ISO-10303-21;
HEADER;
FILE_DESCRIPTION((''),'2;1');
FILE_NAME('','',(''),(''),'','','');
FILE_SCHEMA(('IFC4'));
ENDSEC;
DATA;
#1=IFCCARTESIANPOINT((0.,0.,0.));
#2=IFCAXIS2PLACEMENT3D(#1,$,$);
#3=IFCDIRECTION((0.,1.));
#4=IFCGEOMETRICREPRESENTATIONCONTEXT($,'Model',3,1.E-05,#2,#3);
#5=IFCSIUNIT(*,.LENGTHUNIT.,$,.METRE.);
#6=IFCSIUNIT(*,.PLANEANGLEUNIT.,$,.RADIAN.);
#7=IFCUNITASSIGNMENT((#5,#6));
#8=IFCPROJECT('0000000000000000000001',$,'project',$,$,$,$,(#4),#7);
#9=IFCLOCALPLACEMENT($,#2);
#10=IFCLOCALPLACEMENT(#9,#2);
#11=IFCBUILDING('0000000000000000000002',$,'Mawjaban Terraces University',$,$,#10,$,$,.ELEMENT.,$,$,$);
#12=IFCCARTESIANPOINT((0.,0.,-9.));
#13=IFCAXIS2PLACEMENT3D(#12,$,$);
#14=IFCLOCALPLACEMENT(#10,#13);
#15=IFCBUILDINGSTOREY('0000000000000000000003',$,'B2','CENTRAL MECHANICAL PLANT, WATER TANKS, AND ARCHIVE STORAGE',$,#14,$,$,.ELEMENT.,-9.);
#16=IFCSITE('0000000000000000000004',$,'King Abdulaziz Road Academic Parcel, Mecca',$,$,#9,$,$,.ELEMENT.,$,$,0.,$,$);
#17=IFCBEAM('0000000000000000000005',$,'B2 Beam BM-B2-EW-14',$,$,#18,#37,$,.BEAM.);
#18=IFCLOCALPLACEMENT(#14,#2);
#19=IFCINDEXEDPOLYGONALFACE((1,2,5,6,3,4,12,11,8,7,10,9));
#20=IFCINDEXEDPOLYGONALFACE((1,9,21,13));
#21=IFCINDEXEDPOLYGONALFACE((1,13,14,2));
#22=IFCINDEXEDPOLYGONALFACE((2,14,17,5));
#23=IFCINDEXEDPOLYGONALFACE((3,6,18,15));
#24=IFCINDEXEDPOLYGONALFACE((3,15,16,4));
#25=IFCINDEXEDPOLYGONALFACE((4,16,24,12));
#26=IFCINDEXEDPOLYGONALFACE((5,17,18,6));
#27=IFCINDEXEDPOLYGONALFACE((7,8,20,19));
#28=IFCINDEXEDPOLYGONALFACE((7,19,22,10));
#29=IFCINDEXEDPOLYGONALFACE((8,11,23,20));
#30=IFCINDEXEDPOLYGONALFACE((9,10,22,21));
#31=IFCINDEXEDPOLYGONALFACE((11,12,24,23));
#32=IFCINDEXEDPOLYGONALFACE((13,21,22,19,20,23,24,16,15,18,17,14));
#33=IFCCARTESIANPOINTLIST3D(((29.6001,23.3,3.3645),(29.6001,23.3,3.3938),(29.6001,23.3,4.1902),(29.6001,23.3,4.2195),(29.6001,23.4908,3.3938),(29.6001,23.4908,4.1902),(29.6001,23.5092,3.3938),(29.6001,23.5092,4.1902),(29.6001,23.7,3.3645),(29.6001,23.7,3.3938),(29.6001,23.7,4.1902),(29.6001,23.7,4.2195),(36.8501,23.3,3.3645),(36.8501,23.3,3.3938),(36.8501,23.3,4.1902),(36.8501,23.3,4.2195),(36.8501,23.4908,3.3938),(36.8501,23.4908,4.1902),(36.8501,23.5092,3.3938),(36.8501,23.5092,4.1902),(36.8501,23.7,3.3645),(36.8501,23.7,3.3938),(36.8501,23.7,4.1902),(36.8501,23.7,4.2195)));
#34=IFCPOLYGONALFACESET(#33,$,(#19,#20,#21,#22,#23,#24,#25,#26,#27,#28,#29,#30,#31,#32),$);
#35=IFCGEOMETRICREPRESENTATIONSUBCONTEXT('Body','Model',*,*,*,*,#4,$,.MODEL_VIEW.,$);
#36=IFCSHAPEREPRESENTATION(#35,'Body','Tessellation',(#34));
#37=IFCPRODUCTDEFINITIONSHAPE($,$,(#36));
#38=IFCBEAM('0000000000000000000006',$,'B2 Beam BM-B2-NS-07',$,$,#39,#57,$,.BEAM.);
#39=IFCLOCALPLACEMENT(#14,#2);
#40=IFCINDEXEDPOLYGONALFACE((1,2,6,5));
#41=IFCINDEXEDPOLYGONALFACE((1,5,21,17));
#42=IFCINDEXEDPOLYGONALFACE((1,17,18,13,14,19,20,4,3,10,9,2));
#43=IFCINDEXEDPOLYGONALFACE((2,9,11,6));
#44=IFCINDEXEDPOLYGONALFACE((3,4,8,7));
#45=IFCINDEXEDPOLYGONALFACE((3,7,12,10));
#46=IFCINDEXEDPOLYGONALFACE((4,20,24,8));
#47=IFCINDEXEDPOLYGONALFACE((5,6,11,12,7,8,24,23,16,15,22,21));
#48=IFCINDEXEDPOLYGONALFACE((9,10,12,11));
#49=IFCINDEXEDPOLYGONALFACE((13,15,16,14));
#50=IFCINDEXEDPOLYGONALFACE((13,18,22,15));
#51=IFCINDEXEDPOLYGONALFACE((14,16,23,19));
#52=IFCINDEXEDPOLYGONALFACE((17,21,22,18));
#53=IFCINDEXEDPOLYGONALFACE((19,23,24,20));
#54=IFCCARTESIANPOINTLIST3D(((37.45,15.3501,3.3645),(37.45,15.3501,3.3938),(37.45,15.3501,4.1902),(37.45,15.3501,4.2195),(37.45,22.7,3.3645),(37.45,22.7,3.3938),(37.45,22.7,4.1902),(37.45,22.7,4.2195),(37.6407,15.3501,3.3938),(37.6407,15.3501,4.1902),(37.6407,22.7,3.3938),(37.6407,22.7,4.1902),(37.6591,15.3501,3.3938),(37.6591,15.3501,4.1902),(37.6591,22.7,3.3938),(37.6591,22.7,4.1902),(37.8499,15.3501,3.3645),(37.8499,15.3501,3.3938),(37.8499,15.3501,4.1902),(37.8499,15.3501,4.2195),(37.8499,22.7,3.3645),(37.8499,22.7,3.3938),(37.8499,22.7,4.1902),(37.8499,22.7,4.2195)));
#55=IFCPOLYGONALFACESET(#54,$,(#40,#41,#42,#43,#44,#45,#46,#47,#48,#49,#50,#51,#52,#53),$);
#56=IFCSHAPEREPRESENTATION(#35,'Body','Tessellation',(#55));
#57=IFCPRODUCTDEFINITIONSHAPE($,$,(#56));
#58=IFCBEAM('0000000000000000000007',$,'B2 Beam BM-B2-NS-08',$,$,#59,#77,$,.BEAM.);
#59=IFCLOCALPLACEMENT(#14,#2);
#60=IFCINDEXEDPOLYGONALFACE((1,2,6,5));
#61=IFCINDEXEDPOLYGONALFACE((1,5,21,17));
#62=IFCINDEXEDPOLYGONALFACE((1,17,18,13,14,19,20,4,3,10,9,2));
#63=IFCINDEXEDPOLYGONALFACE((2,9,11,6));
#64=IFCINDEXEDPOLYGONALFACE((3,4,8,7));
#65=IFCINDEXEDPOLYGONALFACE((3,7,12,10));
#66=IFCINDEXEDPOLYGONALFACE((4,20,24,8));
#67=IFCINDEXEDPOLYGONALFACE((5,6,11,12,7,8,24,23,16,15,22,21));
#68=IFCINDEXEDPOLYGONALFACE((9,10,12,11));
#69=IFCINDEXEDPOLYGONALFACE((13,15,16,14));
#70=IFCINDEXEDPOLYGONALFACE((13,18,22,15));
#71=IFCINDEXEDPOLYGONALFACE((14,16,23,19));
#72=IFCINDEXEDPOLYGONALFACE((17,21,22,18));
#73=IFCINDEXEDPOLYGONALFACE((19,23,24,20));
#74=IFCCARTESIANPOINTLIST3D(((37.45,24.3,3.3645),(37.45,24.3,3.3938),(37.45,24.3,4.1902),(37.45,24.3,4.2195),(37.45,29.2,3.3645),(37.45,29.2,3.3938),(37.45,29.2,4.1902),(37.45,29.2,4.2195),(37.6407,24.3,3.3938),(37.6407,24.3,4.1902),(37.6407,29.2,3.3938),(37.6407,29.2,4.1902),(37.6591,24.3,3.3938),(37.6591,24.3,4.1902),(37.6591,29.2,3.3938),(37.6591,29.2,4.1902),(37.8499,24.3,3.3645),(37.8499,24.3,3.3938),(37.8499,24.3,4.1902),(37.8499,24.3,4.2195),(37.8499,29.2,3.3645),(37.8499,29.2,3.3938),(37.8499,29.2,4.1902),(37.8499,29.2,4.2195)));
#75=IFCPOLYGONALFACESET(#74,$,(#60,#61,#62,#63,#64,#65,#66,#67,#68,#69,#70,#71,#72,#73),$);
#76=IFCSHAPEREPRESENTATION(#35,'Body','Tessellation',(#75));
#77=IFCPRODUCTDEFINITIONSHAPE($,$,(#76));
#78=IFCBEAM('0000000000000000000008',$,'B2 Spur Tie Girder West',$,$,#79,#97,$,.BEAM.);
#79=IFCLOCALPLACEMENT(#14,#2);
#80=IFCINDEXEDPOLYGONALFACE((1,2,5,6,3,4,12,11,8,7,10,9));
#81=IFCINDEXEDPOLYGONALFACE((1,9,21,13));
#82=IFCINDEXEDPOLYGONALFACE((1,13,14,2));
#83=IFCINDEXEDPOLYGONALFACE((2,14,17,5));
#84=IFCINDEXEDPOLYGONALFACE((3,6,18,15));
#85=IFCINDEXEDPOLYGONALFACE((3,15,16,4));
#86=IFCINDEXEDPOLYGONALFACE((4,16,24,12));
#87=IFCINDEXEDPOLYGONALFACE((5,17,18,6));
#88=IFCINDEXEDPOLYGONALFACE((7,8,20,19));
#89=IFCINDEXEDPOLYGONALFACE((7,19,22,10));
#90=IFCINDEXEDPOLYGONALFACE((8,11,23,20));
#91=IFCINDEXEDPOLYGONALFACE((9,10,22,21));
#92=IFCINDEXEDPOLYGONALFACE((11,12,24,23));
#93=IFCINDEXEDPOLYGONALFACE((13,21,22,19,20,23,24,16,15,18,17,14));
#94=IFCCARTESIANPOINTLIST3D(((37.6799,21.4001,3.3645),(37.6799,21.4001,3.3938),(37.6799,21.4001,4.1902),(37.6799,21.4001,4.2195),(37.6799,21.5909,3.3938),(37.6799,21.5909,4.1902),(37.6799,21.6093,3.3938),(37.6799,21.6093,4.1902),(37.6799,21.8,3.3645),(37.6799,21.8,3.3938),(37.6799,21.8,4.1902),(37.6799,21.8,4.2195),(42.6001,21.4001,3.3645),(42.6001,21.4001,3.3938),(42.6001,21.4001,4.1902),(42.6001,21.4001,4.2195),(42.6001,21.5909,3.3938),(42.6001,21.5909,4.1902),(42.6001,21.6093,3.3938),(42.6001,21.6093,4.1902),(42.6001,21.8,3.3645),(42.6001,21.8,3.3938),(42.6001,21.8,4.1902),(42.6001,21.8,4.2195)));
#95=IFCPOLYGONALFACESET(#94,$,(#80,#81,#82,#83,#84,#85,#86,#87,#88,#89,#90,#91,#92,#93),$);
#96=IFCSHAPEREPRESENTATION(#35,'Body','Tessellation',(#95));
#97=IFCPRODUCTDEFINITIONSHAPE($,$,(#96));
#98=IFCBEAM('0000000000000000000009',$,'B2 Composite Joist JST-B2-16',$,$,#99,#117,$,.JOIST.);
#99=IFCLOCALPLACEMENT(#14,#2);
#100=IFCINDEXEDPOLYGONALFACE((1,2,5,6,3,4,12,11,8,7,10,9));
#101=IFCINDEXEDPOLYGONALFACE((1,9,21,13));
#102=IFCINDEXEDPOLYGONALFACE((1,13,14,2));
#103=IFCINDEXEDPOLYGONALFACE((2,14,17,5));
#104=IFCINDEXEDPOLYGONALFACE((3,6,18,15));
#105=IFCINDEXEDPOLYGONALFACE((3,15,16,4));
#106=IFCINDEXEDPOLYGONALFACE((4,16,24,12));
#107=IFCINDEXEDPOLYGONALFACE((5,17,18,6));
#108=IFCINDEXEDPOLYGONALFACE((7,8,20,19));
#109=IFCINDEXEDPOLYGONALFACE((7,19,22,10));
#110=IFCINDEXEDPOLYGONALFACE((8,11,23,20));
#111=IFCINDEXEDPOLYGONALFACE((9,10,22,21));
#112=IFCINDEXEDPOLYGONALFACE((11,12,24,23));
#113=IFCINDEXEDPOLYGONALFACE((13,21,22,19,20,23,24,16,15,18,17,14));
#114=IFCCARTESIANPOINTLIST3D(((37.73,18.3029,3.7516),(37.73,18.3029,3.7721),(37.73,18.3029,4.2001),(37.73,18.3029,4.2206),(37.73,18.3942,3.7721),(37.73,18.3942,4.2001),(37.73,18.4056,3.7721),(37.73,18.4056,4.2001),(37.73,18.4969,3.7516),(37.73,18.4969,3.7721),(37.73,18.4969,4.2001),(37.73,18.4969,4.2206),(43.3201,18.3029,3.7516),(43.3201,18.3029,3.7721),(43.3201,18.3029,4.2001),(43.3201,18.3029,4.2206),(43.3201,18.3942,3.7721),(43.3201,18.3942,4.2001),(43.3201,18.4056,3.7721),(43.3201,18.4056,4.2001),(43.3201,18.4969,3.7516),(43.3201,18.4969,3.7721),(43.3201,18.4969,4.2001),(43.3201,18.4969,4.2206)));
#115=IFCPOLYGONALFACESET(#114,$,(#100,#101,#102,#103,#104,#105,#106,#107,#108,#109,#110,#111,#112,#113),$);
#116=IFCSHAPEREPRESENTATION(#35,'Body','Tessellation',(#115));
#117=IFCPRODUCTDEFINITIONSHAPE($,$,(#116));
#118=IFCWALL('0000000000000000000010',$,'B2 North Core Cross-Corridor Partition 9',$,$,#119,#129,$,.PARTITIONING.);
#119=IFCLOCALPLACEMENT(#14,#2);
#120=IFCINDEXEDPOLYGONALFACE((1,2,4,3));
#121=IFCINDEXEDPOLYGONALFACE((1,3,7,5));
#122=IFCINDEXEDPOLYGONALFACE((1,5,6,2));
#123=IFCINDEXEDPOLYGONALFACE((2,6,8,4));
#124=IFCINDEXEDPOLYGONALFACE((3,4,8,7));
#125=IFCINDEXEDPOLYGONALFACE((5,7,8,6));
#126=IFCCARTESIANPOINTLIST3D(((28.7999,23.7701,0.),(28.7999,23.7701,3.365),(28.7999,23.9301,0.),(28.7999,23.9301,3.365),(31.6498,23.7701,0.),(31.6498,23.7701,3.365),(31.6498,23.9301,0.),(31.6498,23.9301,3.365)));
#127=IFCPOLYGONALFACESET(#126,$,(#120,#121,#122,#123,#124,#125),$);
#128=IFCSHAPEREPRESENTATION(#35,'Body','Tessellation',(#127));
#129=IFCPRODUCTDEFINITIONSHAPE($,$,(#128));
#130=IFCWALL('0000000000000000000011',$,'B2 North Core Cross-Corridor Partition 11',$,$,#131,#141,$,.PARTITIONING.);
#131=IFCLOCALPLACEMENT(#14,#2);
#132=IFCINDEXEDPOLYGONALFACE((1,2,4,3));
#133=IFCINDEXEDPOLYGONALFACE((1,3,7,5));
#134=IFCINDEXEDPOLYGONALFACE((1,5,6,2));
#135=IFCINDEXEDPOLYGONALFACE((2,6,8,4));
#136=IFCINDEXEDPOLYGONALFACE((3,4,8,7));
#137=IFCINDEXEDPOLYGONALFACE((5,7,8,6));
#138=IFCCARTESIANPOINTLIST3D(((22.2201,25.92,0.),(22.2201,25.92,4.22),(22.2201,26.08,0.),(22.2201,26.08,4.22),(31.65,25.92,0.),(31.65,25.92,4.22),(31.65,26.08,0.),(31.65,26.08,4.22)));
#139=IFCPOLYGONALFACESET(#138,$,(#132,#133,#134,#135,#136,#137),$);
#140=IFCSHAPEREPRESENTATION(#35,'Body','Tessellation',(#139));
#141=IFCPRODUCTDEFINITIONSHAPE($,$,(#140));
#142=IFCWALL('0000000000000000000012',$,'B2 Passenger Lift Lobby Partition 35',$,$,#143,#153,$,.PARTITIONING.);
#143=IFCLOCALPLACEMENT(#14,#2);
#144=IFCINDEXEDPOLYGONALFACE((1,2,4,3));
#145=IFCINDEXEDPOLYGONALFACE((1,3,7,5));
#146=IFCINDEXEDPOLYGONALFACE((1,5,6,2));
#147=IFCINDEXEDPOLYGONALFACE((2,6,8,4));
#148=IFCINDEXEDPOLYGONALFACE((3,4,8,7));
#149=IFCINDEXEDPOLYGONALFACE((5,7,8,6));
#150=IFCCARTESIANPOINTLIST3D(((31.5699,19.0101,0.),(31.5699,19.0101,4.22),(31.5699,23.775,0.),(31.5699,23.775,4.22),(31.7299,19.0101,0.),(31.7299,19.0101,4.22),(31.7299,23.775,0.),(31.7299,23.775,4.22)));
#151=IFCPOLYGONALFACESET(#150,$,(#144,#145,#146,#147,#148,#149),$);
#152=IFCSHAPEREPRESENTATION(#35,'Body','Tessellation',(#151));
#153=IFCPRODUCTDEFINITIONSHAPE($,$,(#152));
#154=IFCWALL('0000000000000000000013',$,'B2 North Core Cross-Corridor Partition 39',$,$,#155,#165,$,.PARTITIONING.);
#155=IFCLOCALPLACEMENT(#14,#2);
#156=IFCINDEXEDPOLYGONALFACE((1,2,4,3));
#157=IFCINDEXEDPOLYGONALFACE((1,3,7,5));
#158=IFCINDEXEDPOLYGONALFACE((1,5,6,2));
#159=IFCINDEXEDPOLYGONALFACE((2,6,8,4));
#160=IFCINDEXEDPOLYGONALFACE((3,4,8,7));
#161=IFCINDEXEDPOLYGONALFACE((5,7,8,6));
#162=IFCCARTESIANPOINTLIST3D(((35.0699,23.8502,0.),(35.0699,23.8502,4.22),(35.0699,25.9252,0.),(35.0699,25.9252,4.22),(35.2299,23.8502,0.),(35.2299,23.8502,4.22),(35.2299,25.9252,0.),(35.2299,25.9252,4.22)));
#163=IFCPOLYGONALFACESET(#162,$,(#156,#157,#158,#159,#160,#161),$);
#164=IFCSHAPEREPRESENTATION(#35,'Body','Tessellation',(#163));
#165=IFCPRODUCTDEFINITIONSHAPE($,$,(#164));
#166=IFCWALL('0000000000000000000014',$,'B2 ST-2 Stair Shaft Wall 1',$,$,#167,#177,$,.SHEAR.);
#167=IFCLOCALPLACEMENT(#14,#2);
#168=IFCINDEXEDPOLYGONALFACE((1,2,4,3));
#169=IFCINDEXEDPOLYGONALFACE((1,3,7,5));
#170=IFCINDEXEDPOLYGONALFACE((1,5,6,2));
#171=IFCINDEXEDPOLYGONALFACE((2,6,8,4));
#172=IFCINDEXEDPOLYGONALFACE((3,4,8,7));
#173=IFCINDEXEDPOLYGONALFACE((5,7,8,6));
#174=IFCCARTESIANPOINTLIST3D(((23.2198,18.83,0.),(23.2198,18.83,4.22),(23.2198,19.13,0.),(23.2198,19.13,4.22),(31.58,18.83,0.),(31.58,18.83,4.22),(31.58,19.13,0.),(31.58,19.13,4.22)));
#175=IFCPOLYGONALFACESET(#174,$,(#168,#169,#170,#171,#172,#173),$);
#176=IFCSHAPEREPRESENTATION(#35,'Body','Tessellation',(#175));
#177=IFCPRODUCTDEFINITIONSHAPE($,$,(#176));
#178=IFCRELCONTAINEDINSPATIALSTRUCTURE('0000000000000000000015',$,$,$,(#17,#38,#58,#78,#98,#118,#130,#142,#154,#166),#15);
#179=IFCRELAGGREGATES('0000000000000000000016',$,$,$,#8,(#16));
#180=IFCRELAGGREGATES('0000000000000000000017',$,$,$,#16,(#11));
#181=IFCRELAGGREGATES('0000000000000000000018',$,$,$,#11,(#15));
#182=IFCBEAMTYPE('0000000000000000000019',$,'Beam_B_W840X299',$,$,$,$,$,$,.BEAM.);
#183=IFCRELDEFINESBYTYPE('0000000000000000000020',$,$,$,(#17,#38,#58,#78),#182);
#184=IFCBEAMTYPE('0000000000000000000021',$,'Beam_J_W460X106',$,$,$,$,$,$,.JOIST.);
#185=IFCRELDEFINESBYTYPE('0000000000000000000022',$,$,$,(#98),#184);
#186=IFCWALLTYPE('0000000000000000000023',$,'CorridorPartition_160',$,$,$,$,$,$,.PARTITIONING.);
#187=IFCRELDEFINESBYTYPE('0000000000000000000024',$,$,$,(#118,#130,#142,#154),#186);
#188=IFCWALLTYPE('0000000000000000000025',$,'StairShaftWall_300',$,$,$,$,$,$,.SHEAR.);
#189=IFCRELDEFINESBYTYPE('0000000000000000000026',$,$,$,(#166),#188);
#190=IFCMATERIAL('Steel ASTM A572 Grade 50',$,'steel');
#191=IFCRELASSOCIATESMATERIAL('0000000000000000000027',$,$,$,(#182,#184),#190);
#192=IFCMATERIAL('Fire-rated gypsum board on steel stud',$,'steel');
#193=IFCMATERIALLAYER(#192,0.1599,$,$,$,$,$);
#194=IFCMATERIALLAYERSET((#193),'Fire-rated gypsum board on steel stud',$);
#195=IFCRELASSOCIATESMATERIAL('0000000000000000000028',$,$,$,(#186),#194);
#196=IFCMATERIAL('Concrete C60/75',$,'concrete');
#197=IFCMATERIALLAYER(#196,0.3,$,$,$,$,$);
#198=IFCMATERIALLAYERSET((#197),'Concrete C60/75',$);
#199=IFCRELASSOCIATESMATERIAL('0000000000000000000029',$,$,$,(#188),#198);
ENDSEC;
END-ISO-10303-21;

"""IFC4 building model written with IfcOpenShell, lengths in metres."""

from ifc_helpers import new_model, si_unit, direction, frame, frame_2d, origin, origin_2d, place, context, subcontext, project, spatial, rectangle, i_section, extrude, material, layer, layer_set, material_profile, profile_set, type_object, element, save


model = new_model("IFC4")

# Units and contexts
model_context = context("Model", 3, precision=1e-05, world=origin(), true_north=direction((0.0, 1.0)))
body_context = subcontext(model_context, "Body", "Model", "MODEL_VIEW")
ifc_project = project(units=[si_unit("LENGTHUNIT", "METRE"), si_unit("PLANEANGLEUNIT", "RADIAN")], contexts=[model_context])

# Site, building, storey
site_placement = place(None, origin())
site = spatial("IfcSite", under=ifc_project, at=site_placement, Name="King Abdulaziz Road Academic Parcel, Mecca", CompositionType="ELEMENT", RefElevation=0.0)
building_placement = place(site_placement, origin())
building = spatial("IfcBuilding", under=site, at=building_placement, Name="Mawjaban Terraces University", CompositionType="ELEMENT")
storey_placement = place(building_placement, frame((0.0, 0.0, -9.0)))
storey = spatial("IfcBuildingStorey", under=building, at=storey_placement, Name="B2", Description="CENTRAL MECHANICAL PLANT, WATER TANKS, AND ARCHIVE STORAGE", CompositionType="ELEMENT", Elevation=-9.0)

# Beams
ifc_material_1 = material(Name="Steel ASTM A572 Grade 50", Category="steel")
ifc_material_profile_1 = material_profile(ifc_material_1, i_section(OverallWidth=0.3999, OverallDepth=0.855, WebThickness=0.0183, FlangeThickness=0.0293, at=origin_2d()), Name="W840X299")
ifc_profile_set_1 = profile_set([ifc_material_profile_1], Name="Steel ASTM A572 Grade 50")
beam_type_1 = type_object("IfcBeamType", Name="Beam_B_W840X299", PredefinedType="BEAM", material=ifc_profile_set_1)
beam_1_placement = place(storey_placement, frame((29.6001, 23.5, 3.792), z_axis=(1.0, 0.0, 0.0), x_axis=(0.0, 1.0, 0.0)))
element("IfcBeam", 1, at=beam_1_placement, inside=storey, type_object=beam_type_1, Name="B2 Beam BM-B2-EW-14", PredefinedType="BEAM", context=body_context, shape_type="SweptSolid", body=[
    extrude(i_section(OverallWidth=0.3999, OverallDepth=0.855, WebThickness=0.0183, FlangeThickness=0.0293, at=origin_2d()), origin(), (0.0, 0.0, 1.0), 7.25),
])
beam_2_placement = place(storey_placement, frame((37.6499, 15.3501, 3.792), z_axis=(0.0, 1.0, 0.0), x_axis=(-1.0, 0.0, 0.0)))
element("IfcBeam", 2, at=beam_2_placement, inside=storey, type_object=beam_type_1, Name="B2 Beam BM-B2-NS-07", PredefinedType="BEAM", context=body_context, shape_type="SweptSolid", body=[
    extrude(i_section(OverallWidth=0.3999, OverallDepth=0.855, WebThickness=0.0183, FlangeThickness=0.0293, at=origin_2d()), origin(), (0.0, 0.0, 1.0), 7.3499),
])
beam_3_placement = place(storey_placement, frame((37.6499, 24.3, 3.792), z_axis=(0.0, 1.0, 0.0), x_axis=(-1.0, 0.0, 0.0)))
element("IfcBeam", 3, at=beam_3_placement, inside=storey, type_object=beam_type_1, Name="B2 Beam BM-B2-NS-08", PredefinedType="BEAM", context=body_context, shape_type="SweptSolid", body=[
    extrude(i_section(OverallWidth=0.3999, OverallDepth=0.855, WebThickness=0.0183, FlangeThickness=0.0293, at=origin_2d()), origin(), (0.0, 0.0, 1.0), 4.8999),
])
beam_4_placement = place(storey_placement, frame((37.6799, 21.6001, 3.792), z_axis=(1.0, 0.0, 0.0), x_axis=(0.0, 1.0, 0.0)))
element("IfcBeam", 4, at=beam_4_placement, inside=storey, type_object=beam_type_1, Name="B2 Spur Tie Girder West", PredefinedType="BEAM", context=body_context, shape_type="SweptSolid", body=[
    extrude(i_section(OverallWidth=0.3999, OverallDepth=0.855, WebThickness=0.0183, FlangeThickness=0.0293, at=origin_2d()), origin(), (0.0, 0.0, 1.0), 4.9202),
])
ifc_material_profile_2 = material_profile(ifc_material_1, i_section(OverallWidth=0.1941, OverallDepth=0.469, WebThickness=0.0115, FlangeThickness=0.0205, at=origin_2d()), Name="W460X106")
ifc_profile_set_2 = profile_set([ifc_material_profile_2], Name="Steel ASTM A572 Grade 50")
beam_type_2 = type_object("IfcBeamType", Name="Beam_J_W460X106", PredefinedType="JOIST", material=ifc_profile_set_2)
beam_5_placement = place(storey_placement, frame((37.73, 18.3999, 3.9861), z_axis=(1.0, 0.0, 0.0), x_axis=(0.0, 1.0, 0.0)))
element("IfcBeam", 5, at=beam_5_placement, inside=storey, type_object=beam_type_2, Name="B2 Composite Joist JST-B2-16", PredefinedType="JOIST", context=body_context, shape_type="SweptSolid", body=[
    extrude(i_section(OverallWidth=0.1941, OverallDepth=0.469, WebThickness=0.0115, FlangeThickness=0.0205, at=origin_2d()), origin(), (0.0, 0.0, 1.0), 5.5901),
])

# Walls
ifc_material_2 = material(Name="Fire-rated gypsum board on steel stud", Category="steel")
ifc_layer_1 = layer(ifc_material_2, 0.1599)
ifc_layer_set_1 = layer_set([ifc_layer_1], Name="Fire-rated gypsum board on steel stud")
wall_type_1 = type_object("IfcWallType", Name="CorridorPartition_160", PredefinedType="PARTITIONING", material=ifc_layer_set_1)
wall_1_placement = place(storey_placement, frame((28.8, 23.8501, 0.0), z_axis=(0.0, 0.0, 1.0), x_axis=(1.0, 0.0, 0.0)))
element("IfcWall", 6, at=wall_1_placement, inside=storey, type_object=wall_type_1, Name="B2 North Core Cross-Corridor Partition 9", PredefinedType="PARTITIONING", context=body_context, shape_type="SweptSolid", body=[
    extrude(rectangle(XDim=2.8499, YDim=0.1599, at=frame_2d((1.4248, 0.0))), origin(), (0.0, 0.0, 1.0), 3.365),
])
wall_2_placement = place(storey_placement, frame((31.6499, 26.0, 0.0), z_axis=(0.0, 0.0, 1.0), x_axis=(-1.0, 0.0, 0.0)))
element("IfcWall", 7, at=wall_2_placement, inside=storey, type_object=wall_type_1, Name="B2 North Core Cross-Corridor Partition 11", PredefinedType="PARTITIONING", context=body_context, shape_type="SweptSolid", body=[
    extrude(rectangle(XDim=9.4299, YDim=0.1599, at=frame_2d((4.7148, 0.0))), origin(), (0.0, 0.0, 1.0), 4.22),
])
wall_3_placement = place(storey_placement, frame((31.6499, 23.7749, 0.0), z_axis=(0.0, 0.0, 1.0), x_axis=(0.0, -1.0, 0.0)))
element("IfcWall", 8, at=wall_3_placement, inside=storey, type_object=wall_type_1, Name="B2 Passenger Lift Lobby Partition 35", PredefinedType="PARTITIONING", context=body_context, shape_type="SweptSolid", body=[
    extrude(rectangle(XDim=4.7649, YDim=0.1599, at=frame_2d((2.3823, 0.0))), origin(), (0.0, 0.0, 1.0), 4.22),
])
wall_4_placement = place(storey_placement, frame((35.1499, 23.8501, 0.0), z_axis=(0.0, 0.0, 1.0), x_axis=(0.0, 1.0, 0.0)))
element("IfcWall", 9, at=wall_4_placement, inside=storey, type_object=wall_type_1, Name="B2 North Core Cross-Corridor Partition 39", PredefinedType="PARTITIONING", context=body_context, shape_type="SweptSolid", body=[
    extrude(rectangle(XDim=2.075, YDim=0.1599, at=frame_2d((1.0376, 0.0))), origin(), (0.0, 0.0, 1.0), 4.22),
])
ifc_material_3 = material(Name="Concrete C60/75", Category="concrete")
ifc_layer_2 = layer(ifc_material_3, 0.3)
ifc_layer_set_2 = layer_set([ifc_layer_2], Name="Concrete C60/75")
wall_type_2 = type_object("IfcWallType", Name="StairShaftWall_300", PredefinedType="SHEAR", material=ifc_layer_set_2)
wall_5_placement = place(storey_placement, frame((31.5801, 18.98, 0.0), z_axis=(0.0, 0.0, 1.0), x_axis=(-1.0, 0.0, 0.0)))
element("IfcWall", 10, at=wall_5_placement, inside=storey, type_object=wall_type_2, Name="B2 ST-2 Stair Shaft Wall 1", PredefinedType="SHEAR", context=body_context, shape_type="SweptSolid", body=[
    extrude(rectangle(XDim=8.3601, YDim=0.3, at=frame_2d((4.1802, 0.0))), origin(), (0.0, 0.0, 1.0), 4.22),
])

save(model, "model.ifc")
